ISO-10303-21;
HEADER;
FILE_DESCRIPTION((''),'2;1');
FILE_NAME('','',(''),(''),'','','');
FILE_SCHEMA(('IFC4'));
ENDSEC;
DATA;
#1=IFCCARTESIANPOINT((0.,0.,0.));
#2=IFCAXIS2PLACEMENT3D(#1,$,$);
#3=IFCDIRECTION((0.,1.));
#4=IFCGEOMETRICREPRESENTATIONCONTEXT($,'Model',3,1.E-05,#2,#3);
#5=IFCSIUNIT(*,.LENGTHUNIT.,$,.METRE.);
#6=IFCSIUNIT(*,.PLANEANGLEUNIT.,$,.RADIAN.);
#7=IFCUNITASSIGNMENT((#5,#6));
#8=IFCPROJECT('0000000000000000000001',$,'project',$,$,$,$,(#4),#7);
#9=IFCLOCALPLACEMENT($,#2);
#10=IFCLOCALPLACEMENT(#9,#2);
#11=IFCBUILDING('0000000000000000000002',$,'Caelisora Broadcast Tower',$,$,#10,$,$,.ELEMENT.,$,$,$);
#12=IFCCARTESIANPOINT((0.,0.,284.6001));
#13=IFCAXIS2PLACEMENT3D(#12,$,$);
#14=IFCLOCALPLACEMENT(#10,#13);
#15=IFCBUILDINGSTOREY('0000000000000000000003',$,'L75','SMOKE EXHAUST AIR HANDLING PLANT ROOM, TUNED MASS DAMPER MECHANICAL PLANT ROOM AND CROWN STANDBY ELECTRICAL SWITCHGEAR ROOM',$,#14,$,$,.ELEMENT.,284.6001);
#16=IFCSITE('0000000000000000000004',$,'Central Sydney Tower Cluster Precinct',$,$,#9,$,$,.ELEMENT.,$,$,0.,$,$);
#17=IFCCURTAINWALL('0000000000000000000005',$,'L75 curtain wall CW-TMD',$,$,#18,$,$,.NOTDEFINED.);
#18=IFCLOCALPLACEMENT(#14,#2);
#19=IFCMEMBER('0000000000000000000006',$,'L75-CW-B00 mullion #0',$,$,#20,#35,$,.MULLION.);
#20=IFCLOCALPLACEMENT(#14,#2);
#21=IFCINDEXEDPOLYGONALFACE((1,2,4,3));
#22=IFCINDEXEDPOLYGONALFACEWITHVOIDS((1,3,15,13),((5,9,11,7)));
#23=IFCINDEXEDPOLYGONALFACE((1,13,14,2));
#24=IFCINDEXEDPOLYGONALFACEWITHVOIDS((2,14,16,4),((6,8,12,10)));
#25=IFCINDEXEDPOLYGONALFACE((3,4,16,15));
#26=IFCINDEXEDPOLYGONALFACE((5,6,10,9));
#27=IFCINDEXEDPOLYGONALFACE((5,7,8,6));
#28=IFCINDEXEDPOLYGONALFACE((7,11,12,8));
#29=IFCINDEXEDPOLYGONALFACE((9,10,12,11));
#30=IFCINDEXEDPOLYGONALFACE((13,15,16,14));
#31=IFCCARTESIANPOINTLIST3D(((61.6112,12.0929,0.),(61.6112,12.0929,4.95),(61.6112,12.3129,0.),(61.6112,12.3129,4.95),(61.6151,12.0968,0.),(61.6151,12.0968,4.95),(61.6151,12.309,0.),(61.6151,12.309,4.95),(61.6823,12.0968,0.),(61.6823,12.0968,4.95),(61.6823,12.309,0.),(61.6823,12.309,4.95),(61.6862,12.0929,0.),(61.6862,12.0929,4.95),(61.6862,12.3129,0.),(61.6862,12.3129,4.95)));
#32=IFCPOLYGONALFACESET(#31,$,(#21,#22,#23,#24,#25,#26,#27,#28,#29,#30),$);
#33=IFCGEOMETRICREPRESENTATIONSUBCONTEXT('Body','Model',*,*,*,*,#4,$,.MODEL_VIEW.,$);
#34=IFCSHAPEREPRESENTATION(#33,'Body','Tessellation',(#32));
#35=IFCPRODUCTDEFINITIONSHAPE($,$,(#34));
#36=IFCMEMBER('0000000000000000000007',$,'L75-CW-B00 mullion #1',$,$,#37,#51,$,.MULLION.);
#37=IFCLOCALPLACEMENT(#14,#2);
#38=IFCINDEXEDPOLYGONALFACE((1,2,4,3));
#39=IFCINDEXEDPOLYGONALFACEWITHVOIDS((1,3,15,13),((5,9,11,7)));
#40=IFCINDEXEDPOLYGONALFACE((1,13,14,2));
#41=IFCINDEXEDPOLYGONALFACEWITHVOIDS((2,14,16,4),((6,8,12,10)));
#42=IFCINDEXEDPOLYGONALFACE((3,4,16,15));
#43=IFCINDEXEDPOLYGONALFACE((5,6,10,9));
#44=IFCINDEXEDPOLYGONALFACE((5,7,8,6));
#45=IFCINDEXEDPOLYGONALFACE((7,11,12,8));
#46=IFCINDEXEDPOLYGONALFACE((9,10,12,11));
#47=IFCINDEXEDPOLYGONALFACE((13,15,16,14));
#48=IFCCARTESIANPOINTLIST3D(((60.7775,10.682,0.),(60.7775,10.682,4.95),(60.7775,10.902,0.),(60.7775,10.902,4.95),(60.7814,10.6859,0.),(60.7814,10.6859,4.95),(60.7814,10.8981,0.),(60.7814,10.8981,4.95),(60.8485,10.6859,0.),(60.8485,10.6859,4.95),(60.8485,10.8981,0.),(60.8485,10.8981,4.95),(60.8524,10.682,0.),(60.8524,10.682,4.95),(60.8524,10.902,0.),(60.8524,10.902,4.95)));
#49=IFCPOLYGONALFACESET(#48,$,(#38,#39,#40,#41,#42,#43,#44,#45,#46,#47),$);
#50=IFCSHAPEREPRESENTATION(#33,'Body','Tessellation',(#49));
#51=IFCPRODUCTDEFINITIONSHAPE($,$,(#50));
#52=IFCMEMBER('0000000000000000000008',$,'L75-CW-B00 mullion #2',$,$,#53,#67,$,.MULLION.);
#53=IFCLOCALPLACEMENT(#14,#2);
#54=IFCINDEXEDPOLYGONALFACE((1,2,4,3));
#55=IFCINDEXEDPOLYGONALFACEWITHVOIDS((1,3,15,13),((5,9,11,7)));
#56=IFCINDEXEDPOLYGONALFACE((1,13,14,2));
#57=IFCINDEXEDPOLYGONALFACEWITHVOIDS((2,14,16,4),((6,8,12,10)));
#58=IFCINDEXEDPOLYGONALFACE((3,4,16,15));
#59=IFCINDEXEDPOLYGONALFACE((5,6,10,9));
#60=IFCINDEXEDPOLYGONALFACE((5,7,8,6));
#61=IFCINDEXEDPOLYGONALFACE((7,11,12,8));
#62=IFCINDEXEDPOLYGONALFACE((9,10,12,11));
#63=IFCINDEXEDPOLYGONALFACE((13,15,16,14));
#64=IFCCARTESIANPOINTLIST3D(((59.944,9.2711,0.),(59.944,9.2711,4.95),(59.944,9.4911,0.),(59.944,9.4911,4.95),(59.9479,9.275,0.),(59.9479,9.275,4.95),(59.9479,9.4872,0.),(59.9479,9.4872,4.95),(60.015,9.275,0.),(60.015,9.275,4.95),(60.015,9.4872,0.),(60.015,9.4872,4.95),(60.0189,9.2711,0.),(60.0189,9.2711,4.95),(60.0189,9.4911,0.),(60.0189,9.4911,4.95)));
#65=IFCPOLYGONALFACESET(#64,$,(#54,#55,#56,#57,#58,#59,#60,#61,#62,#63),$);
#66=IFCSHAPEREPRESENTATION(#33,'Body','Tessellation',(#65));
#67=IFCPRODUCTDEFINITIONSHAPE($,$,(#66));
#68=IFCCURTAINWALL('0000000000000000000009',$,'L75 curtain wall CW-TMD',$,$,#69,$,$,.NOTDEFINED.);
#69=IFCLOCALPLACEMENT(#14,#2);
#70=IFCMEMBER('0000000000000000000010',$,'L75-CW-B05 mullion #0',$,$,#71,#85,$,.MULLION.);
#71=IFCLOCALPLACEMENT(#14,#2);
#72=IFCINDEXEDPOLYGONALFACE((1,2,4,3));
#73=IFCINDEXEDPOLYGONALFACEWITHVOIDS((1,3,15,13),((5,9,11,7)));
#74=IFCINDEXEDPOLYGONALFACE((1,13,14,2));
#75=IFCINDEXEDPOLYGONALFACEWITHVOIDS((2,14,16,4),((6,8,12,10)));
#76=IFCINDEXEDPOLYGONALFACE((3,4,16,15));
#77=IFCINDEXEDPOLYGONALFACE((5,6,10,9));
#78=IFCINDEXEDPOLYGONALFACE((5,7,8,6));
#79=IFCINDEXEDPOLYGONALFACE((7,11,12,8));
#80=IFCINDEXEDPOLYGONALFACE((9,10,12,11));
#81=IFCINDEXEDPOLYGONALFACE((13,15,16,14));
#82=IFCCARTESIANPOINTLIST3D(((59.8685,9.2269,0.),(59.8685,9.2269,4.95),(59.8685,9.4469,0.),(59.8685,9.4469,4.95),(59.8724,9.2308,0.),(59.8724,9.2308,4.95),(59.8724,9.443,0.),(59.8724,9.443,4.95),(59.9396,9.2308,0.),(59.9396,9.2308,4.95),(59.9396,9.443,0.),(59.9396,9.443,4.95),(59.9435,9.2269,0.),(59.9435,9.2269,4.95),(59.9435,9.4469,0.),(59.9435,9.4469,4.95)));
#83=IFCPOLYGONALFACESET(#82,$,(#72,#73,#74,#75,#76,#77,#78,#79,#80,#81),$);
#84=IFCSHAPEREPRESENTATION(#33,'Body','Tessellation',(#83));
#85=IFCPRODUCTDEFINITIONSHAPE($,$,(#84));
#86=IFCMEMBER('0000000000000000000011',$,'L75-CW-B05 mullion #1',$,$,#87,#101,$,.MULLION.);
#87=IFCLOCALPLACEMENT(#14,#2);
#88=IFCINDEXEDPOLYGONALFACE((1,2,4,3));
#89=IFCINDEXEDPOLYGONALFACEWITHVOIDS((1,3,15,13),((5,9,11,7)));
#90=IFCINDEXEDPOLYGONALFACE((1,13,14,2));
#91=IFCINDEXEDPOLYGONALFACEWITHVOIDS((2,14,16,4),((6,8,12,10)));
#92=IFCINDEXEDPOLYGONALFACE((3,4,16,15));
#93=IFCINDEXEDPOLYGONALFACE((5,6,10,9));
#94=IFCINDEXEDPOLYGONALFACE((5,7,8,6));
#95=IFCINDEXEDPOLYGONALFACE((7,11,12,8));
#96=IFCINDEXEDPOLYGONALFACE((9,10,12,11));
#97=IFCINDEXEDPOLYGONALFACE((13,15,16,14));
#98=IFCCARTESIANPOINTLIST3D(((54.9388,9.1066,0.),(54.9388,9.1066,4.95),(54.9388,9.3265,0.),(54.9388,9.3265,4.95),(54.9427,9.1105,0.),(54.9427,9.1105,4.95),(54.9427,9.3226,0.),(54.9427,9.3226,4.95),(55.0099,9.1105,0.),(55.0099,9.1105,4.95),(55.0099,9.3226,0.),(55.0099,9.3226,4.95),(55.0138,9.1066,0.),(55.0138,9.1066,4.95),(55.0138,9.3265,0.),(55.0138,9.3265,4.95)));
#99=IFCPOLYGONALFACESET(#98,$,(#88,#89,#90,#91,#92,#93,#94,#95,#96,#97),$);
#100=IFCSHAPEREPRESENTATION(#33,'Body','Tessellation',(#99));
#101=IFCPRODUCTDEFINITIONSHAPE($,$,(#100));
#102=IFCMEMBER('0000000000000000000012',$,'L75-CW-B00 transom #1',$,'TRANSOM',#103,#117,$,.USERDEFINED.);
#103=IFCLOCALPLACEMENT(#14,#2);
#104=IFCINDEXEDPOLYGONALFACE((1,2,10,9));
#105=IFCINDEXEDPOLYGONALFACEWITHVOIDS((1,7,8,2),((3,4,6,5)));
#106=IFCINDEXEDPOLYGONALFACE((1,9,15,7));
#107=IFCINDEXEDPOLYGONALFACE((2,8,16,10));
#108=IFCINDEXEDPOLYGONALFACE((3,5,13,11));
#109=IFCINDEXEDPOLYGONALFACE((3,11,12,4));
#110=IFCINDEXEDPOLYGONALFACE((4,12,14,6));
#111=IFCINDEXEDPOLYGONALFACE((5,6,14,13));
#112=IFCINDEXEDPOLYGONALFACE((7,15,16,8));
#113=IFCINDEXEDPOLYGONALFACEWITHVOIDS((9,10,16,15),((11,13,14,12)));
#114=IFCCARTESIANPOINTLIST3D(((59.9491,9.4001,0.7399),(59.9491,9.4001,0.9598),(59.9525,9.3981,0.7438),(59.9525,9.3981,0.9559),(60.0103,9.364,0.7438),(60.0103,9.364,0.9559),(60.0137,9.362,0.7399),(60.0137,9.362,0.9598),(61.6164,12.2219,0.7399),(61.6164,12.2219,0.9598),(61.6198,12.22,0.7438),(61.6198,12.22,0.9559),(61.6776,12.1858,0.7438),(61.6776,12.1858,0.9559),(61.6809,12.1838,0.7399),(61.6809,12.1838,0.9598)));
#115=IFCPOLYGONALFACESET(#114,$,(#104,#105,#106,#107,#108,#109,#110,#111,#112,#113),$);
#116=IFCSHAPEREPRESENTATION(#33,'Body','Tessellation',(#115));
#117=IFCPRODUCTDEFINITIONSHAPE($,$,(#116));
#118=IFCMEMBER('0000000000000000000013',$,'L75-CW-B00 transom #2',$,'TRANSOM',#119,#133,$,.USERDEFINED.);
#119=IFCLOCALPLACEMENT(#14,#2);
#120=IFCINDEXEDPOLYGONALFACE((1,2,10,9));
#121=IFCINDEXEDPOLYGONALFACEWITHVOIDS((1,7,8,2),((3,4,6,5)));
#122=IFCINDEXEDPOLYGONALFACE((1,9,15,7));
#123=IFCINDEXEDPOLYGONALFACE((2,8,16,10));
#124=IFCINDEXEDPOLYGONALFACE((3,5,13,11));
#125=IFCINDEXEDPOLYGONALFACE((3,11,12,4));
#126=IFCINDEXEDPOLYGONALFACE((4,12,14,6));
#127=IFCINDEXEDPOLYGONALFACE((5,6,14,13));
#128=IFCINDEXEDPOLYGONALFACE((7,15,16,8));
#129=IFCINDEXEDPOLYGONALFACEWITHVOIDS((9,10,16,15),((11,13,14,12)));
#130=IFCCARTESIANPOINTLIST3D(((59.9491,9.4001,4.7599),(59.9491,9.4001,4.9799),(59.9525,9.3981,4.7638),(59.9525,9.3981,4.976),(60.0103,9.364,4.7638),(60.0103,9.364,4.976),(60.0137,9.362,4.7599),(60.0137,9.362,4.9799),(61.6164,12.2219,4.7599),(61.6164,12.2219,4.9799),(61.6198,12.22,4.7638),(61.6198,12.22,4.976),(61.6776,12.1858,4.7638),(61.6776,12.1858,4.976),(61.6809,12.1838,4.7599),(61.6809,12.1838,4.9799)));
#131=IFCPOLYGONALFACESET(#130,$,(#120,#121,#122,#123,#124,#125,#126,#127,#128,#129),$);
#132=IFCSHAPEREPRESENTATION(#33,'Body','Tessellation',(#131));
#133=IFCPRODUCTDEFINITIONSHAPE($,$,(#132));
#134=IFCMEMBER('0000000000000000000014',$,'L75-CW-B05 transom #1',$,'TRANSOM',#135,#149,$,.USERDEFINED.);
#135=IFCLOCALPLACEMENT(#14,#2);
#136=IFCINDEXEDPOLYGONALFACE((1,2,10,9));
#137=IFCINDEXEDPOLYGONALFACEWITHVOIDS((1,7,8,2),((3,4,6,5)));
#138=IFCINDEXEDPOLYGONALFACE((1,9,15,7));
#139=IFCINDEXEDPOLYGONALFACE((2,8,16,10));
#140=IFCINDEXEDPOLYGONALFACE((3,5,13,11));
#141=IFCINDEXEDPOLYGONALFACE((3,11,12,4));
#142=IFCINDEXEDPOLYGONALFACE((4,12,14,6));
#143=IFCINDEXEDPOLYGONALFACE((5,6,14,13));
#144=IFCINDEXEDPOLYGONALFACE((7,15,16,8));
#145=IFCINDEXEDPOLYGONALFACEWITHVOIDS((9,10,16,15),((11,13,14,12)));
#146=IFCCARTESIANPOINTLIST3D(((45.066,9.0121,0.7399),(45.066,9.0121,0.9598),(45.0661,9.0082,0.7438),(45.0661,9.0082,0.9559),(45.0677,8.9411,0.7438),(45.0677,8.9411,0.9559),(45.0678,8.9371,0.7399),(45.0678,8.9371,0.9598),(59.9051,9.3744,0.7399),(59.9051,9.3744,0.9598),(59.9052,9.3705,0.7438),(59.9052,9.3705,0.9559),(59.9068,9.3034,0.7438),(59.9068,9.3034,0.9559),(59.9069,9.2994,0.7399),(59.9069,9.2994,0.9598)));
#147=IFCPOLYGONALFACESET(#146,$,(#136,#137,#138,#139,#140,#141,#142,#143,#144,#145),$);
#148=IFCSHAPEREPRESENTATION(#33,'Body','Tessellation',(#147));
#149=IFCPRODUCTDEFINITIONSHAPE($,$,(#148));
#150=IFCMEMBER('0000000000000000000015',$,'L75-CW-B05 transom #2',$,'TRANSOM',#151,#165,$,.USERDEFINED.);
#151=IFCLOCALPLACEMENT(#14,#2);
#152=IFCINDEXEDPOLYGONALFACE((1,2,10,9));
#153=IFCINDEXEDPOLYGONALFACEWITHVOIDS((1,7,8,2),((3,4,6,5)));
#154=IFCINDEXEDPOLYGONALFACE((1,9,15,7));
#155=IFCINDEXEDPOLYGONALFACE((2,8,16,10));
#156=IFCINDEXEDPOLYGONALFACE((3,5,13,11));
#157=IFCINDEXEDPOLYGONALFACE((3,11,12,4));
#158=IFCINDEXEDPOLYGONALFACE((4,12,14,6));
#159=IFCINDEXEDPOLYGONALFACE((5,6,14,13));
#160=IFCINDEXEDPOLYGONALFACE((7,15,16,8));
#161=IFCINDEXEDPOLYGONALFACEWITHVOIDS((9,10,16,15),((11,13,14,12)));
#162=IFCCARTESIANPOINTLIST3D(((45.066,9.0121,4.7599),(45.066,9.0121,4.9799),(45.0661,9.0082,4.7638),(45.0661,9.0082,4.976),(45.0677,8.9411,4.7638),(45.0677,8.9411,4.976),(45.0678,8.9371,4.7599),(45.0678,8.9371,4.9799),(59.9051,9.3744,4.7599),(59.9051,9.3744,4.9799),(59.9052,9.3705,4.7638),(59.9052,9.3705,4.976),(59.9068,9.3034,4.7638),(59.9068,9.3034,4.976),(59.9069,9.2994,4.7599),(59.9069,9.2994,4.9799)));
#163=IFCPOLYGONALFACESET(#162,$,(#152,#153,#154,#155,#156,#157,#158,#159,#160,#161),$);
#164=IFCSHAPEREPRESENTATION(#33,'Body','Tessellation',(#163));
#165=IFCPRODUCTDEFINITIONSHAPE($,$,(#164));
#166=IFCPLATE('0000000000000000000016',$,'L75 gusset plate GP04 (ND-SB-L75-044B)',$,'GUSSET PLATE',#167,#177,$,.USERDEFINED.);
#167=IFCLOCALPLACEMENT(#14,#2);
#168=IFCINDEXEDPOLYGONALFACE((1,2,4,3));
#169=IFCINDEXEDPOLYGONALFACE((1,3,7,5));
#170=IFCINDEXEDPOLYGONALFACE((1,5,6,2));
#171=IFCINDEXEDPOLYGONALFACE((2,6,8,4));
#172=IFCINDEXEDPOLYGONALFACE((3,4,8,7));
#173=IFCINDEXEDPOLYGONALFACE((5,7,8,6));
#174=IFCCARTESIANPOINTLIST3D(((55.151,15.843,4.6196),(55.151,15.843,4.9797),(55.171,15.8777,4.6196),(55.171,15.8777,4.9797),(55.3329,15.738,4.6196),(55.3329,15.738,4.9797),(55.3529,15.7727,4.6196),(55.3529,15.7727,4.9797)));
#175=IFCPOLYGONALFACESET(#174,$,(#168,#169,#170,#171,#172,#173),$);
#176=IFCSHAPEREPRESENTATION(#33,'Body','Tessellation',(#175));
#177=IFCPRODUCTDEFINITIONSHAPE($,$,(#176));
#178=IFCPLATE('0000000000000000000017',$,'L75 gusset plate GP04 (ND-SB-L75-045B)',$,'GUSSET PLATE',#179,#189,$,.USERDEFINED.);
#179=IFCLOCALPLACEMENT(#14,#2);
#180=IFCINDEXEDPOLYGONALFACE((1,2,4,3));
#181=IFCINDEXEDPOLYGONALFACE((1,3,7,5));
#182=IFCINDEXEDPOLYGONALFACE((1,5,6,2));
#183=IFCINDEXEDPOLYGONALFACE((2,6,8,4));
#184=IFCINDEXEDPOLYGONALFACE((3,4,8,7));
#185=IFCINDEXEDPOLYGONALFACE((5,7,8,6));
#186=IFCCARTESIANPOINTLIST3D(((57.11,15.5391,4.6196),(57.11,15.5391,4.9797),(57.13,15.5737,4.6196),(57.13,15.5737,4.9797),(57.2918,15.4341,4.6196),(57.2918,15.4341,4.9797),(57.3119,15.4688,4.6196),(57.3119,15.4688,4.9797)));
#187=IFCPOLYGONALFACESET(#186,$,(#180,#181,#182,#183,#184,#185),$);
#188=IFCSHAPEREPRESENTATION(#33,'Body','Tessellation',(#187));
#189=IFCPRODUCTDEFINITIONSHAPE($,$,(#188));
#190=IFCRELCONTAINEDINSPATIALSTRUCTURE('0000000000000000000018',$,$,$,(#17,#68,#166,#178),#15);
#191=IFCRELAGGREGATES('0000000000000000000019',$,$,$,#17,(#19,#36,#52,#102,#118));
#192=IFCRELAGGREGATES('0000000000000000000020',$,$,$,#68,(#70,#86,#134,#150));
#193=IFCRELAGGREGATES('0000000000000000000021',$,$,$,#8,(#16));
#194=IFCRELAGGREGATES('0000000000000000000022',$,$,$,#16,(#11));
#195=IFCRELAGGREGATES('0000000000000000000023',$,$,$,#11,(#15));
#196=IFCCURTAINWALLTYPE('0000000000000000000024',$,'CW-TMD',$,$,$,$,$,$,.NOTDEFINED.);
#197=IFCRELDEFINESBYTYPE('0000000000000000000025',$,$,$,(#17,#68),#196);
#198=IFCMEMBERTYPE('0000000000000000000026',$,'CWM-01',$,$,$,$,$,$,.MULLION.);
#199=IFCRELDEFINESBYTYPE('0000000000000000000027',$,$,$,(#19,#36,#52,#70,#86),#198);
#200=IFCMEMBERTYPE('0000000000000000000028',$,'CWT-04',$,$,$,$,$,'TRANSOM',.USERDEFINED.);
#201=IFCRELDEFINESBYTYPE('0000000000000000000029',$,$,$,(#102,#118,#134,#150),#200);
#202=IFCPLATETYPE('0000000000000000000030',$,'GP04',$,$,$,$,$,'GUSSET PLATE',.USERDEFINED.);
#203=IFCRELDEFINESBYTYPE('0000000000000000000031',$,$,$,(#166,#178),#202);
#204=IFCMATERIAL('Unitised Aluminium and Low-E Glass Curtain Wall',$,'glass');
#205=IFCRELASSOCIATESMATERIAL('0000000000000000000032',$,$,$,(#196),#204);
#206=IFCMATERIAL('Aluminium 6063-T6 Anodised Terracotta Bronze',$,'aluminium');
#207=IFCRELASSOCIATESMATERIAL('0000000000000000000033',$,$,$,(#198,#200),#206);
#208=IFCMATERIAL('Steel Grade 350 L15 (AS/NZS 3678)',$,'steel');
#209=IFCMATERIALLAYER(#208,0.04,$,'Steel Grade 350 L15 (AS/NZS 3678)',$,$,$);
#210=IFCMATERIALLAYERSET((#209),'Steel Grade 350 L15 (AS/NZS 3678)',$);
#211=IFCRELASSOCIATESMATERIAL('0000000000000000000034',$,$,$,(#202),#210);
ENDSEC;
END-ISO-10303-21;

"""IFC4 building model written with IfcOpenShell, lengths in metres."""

from ifc_helpers import new_model, si_unit, direction, frame, origin, origin_2d, place, context, subcontext, project, spatial, rectangle, hollow_rectangle, extrude, source, transform, mapped, material, layer, layer_set, material_profile, profile_set, type_object, type_shapes, element, aggregate, save


model = new_model("IFC4")

# Units and contexts
model_context = context("Model", 3, precision=1e-05, world=origin(), true_north=direction((0.0, 1.0)))
body_context = subcontext(model_context, "Body", "Model", "MODEL_VIEW")
ifc_project = project(units=[si_unit("LENGTHUNIT", "METRE"), si_unit("PLANEANGLEUNIT", "RADIAN")], contexts=[model_context])

# Site, building, storey
site_placement = place(None, origin())
site = spatial("IfcSite", under=ifc_project, at=site_placement, Name="Central Sydney Tower Cluster Precinct", CompositionType="ELEMENT", RefElevation=0.0)
building_placement = place(site_placement, origin())
building = spatial("IfcBuilding", under=site, at=building_placement, Name="Caelisora Broadcast Tower", CompositionType="ELEMENT")
storey_placement = place(building_placement, frame((0.0, 0.0, 284.6001)))
storey = spatial("IfcBuildingStorey", under=building, at=storey_placement, Name="L75", Description="SMOKE EXHAUST AIR HANDLING PLANT ROOM, TUNED MASS DAMPER MECHANICAL PLANT ROOM AND CROWN STANDBY ELECTRICAL SWITCHGEAR ROOM", CompositionType="ELEMENT", Elevation=284.6001)

# Shared definitions
ifc_material_1 = material(Name="Steel Grade 350 L15 (AS/NZS 3678)", Category="steel")

# Curtain walls, members
ifc_material_2 = material(Name="Unitised Aluminium and Low-E Glass Curtain Wall", Category="glass")
curtain_wall_type = type_object("IfcCurtainWallType", Name="CW-TMD", PredefinedType="NOTDEFINED", material=ifc_material_2)
ifc_material_3 = material(Name="Aluminium 6063-T6 Anodised Terracotta Bronze", Category="aluminium")
ifc_material_profile_1 = material_profile(ifc_material_3, hollow_rectangle(XDim=0.075, YDim=0.22, WallThickness=0.0039, at=origin_2d()), Name="Aluminium 6063-T6 Anodised Terracotta Bronze")
ifc_profile_set_1 = profile_set([ifc_material_profile_1], Name="Aluminium 6063-T6 Anodised Terracotta Bronze")
member_type_1 = type_object("IfcMemberType", Name="CWM-01", PredefinedType="MULLION", material=ifc_profile_set_1)
shared_shape_1 = source(origin(), body_context, "Body", "SweptSolid", [
    extrude(hollow_rectangle(XDim=0.075, YDim=0.22, WallThickness=0.0039, at=origin_2d()), origin(), (0.0, 0.0, 1.0), 4.95),
])
type_shapes(member_type_1, [shared_shape_1])
curtain_wall_1_placement = place(storey_placement, origin())
curtain_wall_1 = element("IfcCurtainWall", 1, at=curtain_wall_1_placement, inside=storey, type_object=curtain_wall_type, Name="L75 curtain wall CW-TMD", PredefinedType="NOTDEFINED")
member_1_placement = place(storey_placement, frame((61.6487, 12.2029, 0.0), z_axis=(0.0, 0.0, 1.0), x_axis=(1.0, 0.0, 0.0)))
member_1 = element("IfcMember", 2, at=member_1_placement, type_object=member_type_1, Name="L75-CW-B00 mullion #0", PredefinedType="MULLION", context=body_context, shape_type="MappedRepresentation", body=[
    mapped(shared_shape_1, transform((0.0, 0.0, 0.0), scale=1.0)),
])
member_2_placement = place(storey_placement, frame((60.8149, 10.792, 0.0), z_axis=(0.0, 0.0, 1.0), x_axis=(1.0, 0.0, 0.0)))
member_2 = element("IfcMember", 3, at=member_2_placement, type_object=member_type_1, Name="L75-CW-B00 mullion #1", PredefinedType="MULLION", context=body_context, shape_type="MappedRepresentation", body=[
    mapped(shared_shape_1, transform((0.0, 0.0, 0.0), scale=1.0)),
])
member_3_placement = place(storey_placement, frame((59.9814, 9.3811, 0.0), z_axis=(0.0, 0.0, 1.0), x_axis=(1.0, 0.0, 0.0)))
member_3 = element("IfcMember", 4, at=member_3_placement, type_object=member_type_1, Name="L75-CW-B00 mullion #2", PredefinedType="MULLION", context=body_context, shape_type="MappedRepresentation", body=[
    mapped(shared_shape_1, transform((0.0, 0.0, 0.0), scale=1.0)),
])
curtain_wall_2_placement = place(storey_placement, origin())
curtain_wall_2 = element("IfcCurtainWall", 5, at=curtain_wall_2_placement, inside=storey, type_object=curtain_wall_type, Name="L75 curtain wall CW-TMD", PredefinedType="NOTDEFINED")
member_4_placement = place(storey_placement, frame((59.906, 9.3369, 0.0), z_axis=(0.0, 0.0, 1.0), x_axis=(1.0, 0.0, 0.0)))
member_4 = element("IfcMember", 6, at=member_4_placement, type_object=member_type_1, Name="L75-CW-B05 mullion #0", PredefinedType="MULLION", context=body_context, shape_type="MappedRepresentation", body=[
    mapped(shared_shape_1, transform((0.0, 0.0, 0.0), scale=1.0)),
])
member_5_placement = place(storey_placement, frame((54.9763, 9.2166, 0.0), z_axis=(0.0, 0.0, 1.0), x_axis=(1.0, 0.0, 0.0)))
member_5 = element("IfcMember", 7, at=member_5_placement, type_object=member_type_1, Name="L75-CW-B05 mullion #1", PredefinedType="MULLION", context=body_context, shape_type="MappedRepresentation", body=[
    mapped(shared_shape_1, transform((0.0, 0.0, 0.0), scale=1.0)),
])

# Members
ifc_material_profile_2 = material_profile(ifc_material_3, hollow_rectangle(XDim=0.075, YDim=0.22, WallThickness=0.0039, at=origin_2d()), Name="Aluminium 6063-T6 Anodised Terracotta Bronze")
ifc_profile_set_2 = profile_set([ifc_material_profile_2], Name="Aluminium 6063-T6 Anodised Terracotta Bronze")
member_type_2 = type_object("IfcMemberType", Name="CWT-04", ElementType="TRANSOM", PredefinedType="USERDEFINED", material=ifc_profile_set_2)
shared_shape_2 = source(origin(), body_context, "Body", "SweptSolid", [
    extrude(hollow_rectangle(XDim=0.075, YDim=0.22, WallThickness=0.0039, at=origin_2d()), origin(), (0.0, 0.0, 1.0), 3.2776),
])
member_6_placement = place(storey_placement, frame((61.6487, 12.2029, 0.8499), z_axis=(-0.508689, -0.86095, 0.0), x_axis=(0.86095, -0.508689, 0.0)))
member_6 = element("IfcMember", 8, at=member_6_placement, type_object=member_type_2, Name="L75-CW-B00 transom #1", ObjectType="TRANSOM", PredefinedType="USERDEFINED", context=body_context, shape_type="MappedRepresentation", body=[
    mapped(shared_shape_2, transform((0.0, 0.0, 0.0), scale=1.0)),
])
member_7_placement = place(storey_placement, frame((61.6487, 12.2029, 4.8699), z_axis=(-0.508689, -0.86095, 0.0), x_axis=(0.86095, -0.508689, 0.0)))
member_7 = element("IfcMember", 9, at=member_7_placement, type_object=member_type_2, Name="L75-CW-B00 transom #2", ObjectType="TRANSOM", PredefinedType="USERDEFINED", context=body_context, shape_type="MappedRepresentation", body=[
    mapped(shared_shape_2, transform((0.0, 0.0, 0.0), scale=1.0)),
])
shared_shape_3 = source(origin(), body_context, "Body", "SweptSolid", [
    extrude(hollow_rectangle(XDim=0.075, YDim=0.22, WallThickness=0.0039, at=origin_2d()), origin(), (0.0, 0.0, 1.0), 14.8435),
])
type_shapes(member_type_2, [shared_shape_2, shared_shape_3])
member_8_placement = place(storey_placement, frame((59.906, 9.3369, 0.8499), z_axis=(-0.999702, -0.024408, 0.0), x_axis=(0.024408, -0.999702, 0.0)))
member_8 = element("IfcMember", 10, at=member_8_placement, type_object=member_type_2, Name="L75-CW-B05 transom #1", ObjectType="TRANSOM", PredefinedType="USERDEFINED", context=body_context, shape_type="MappedRepresentation", body=[
    mapped(shared_shape_3, transform((0.0, 0.0, 0.0), scale=1.0)),
])
member_9_placement = place(storey_placement, frame((59.906, 9.3369, 4.8699), z_axis=(-0.999702, -0.024408, 0.0), x_axis=(0.024408, -0.999702, 0.0)))
member_9 = element("IfcMember", 11, at=member_9_placement, type_object=member_type_2, Name="L75-CW-B05 transom #2", ObjectType="TRANSOM", PredefinedType="USERDEFINED", context=body_context, shape_type="MappedRepresentation", body=[
    mapped(shared_shape_3, transform((0.0, 0.0, 0.0), scale=1.0)),
])

# Plates
ifc_layer_1 = layer(ifc_material_1, 0.04, Name="Steel Grade 350 L15 (AS/NZS 3678)")
ifc_layer_set_1 = layer_set([ifc_layer_1], Name="Steel Grade 350 L15 (AS/NZS 3678)")
plate_type_1 = type_object("IfcPlateType", Name="GP04", ElementType="GUSSET PLATE", PredefinedType="USERDEFINED", material=ifc_layer_set_1)
shared_shape_4 = source(origin(), body_context, "Body", "SweptSolid", [
    extrude(rectangle(XDim=0.21, YDim=0.04, at=origin_2d()), origin(), (0.0, 0.0, 1.0), 0.3601),
])
type_shapes(plate_type_1, [shared_shape_4])
for number, where, z_axis, x_axis, name in (
    (12, (55.252, 15.8079, 4.6196), (0.0, 0.0, 1.0), (-0.866025, 0.5, 0.0), "L75 gusset plate GP04 (ND-SB-L75-044B)"),
    (13, (57.2109, 15.5039, 4.6196), (0.0, 0.0, 1.0), (-0.866025, 0.5, 0.0), "L75 gusset plate GP04 (ND-SB-L75-045B)"),
):
    element("IfcPlate", number, at=place(storey_placement, frame(where, z_axis=z_axis, x_axis=x_axis)), inside=storey, type_object=plate_type_1, Name=name, ObjectType="GUSSET PLATE", PredefinedType="USERDEFINED", context=body_context, shape_type="MappedRepresentation", body=[
        mapped(shared_shape_4, transform((0.0, 0.0, 0.0), scale=1.0)),
    ])

aggregate(curtain_wall_1, [member_1, member_2, member_3, member_6, member_7])
aggregate(curtain_wall_2, [member_4, member_5, member_8, member_9])

save(model, "model.ifc")
